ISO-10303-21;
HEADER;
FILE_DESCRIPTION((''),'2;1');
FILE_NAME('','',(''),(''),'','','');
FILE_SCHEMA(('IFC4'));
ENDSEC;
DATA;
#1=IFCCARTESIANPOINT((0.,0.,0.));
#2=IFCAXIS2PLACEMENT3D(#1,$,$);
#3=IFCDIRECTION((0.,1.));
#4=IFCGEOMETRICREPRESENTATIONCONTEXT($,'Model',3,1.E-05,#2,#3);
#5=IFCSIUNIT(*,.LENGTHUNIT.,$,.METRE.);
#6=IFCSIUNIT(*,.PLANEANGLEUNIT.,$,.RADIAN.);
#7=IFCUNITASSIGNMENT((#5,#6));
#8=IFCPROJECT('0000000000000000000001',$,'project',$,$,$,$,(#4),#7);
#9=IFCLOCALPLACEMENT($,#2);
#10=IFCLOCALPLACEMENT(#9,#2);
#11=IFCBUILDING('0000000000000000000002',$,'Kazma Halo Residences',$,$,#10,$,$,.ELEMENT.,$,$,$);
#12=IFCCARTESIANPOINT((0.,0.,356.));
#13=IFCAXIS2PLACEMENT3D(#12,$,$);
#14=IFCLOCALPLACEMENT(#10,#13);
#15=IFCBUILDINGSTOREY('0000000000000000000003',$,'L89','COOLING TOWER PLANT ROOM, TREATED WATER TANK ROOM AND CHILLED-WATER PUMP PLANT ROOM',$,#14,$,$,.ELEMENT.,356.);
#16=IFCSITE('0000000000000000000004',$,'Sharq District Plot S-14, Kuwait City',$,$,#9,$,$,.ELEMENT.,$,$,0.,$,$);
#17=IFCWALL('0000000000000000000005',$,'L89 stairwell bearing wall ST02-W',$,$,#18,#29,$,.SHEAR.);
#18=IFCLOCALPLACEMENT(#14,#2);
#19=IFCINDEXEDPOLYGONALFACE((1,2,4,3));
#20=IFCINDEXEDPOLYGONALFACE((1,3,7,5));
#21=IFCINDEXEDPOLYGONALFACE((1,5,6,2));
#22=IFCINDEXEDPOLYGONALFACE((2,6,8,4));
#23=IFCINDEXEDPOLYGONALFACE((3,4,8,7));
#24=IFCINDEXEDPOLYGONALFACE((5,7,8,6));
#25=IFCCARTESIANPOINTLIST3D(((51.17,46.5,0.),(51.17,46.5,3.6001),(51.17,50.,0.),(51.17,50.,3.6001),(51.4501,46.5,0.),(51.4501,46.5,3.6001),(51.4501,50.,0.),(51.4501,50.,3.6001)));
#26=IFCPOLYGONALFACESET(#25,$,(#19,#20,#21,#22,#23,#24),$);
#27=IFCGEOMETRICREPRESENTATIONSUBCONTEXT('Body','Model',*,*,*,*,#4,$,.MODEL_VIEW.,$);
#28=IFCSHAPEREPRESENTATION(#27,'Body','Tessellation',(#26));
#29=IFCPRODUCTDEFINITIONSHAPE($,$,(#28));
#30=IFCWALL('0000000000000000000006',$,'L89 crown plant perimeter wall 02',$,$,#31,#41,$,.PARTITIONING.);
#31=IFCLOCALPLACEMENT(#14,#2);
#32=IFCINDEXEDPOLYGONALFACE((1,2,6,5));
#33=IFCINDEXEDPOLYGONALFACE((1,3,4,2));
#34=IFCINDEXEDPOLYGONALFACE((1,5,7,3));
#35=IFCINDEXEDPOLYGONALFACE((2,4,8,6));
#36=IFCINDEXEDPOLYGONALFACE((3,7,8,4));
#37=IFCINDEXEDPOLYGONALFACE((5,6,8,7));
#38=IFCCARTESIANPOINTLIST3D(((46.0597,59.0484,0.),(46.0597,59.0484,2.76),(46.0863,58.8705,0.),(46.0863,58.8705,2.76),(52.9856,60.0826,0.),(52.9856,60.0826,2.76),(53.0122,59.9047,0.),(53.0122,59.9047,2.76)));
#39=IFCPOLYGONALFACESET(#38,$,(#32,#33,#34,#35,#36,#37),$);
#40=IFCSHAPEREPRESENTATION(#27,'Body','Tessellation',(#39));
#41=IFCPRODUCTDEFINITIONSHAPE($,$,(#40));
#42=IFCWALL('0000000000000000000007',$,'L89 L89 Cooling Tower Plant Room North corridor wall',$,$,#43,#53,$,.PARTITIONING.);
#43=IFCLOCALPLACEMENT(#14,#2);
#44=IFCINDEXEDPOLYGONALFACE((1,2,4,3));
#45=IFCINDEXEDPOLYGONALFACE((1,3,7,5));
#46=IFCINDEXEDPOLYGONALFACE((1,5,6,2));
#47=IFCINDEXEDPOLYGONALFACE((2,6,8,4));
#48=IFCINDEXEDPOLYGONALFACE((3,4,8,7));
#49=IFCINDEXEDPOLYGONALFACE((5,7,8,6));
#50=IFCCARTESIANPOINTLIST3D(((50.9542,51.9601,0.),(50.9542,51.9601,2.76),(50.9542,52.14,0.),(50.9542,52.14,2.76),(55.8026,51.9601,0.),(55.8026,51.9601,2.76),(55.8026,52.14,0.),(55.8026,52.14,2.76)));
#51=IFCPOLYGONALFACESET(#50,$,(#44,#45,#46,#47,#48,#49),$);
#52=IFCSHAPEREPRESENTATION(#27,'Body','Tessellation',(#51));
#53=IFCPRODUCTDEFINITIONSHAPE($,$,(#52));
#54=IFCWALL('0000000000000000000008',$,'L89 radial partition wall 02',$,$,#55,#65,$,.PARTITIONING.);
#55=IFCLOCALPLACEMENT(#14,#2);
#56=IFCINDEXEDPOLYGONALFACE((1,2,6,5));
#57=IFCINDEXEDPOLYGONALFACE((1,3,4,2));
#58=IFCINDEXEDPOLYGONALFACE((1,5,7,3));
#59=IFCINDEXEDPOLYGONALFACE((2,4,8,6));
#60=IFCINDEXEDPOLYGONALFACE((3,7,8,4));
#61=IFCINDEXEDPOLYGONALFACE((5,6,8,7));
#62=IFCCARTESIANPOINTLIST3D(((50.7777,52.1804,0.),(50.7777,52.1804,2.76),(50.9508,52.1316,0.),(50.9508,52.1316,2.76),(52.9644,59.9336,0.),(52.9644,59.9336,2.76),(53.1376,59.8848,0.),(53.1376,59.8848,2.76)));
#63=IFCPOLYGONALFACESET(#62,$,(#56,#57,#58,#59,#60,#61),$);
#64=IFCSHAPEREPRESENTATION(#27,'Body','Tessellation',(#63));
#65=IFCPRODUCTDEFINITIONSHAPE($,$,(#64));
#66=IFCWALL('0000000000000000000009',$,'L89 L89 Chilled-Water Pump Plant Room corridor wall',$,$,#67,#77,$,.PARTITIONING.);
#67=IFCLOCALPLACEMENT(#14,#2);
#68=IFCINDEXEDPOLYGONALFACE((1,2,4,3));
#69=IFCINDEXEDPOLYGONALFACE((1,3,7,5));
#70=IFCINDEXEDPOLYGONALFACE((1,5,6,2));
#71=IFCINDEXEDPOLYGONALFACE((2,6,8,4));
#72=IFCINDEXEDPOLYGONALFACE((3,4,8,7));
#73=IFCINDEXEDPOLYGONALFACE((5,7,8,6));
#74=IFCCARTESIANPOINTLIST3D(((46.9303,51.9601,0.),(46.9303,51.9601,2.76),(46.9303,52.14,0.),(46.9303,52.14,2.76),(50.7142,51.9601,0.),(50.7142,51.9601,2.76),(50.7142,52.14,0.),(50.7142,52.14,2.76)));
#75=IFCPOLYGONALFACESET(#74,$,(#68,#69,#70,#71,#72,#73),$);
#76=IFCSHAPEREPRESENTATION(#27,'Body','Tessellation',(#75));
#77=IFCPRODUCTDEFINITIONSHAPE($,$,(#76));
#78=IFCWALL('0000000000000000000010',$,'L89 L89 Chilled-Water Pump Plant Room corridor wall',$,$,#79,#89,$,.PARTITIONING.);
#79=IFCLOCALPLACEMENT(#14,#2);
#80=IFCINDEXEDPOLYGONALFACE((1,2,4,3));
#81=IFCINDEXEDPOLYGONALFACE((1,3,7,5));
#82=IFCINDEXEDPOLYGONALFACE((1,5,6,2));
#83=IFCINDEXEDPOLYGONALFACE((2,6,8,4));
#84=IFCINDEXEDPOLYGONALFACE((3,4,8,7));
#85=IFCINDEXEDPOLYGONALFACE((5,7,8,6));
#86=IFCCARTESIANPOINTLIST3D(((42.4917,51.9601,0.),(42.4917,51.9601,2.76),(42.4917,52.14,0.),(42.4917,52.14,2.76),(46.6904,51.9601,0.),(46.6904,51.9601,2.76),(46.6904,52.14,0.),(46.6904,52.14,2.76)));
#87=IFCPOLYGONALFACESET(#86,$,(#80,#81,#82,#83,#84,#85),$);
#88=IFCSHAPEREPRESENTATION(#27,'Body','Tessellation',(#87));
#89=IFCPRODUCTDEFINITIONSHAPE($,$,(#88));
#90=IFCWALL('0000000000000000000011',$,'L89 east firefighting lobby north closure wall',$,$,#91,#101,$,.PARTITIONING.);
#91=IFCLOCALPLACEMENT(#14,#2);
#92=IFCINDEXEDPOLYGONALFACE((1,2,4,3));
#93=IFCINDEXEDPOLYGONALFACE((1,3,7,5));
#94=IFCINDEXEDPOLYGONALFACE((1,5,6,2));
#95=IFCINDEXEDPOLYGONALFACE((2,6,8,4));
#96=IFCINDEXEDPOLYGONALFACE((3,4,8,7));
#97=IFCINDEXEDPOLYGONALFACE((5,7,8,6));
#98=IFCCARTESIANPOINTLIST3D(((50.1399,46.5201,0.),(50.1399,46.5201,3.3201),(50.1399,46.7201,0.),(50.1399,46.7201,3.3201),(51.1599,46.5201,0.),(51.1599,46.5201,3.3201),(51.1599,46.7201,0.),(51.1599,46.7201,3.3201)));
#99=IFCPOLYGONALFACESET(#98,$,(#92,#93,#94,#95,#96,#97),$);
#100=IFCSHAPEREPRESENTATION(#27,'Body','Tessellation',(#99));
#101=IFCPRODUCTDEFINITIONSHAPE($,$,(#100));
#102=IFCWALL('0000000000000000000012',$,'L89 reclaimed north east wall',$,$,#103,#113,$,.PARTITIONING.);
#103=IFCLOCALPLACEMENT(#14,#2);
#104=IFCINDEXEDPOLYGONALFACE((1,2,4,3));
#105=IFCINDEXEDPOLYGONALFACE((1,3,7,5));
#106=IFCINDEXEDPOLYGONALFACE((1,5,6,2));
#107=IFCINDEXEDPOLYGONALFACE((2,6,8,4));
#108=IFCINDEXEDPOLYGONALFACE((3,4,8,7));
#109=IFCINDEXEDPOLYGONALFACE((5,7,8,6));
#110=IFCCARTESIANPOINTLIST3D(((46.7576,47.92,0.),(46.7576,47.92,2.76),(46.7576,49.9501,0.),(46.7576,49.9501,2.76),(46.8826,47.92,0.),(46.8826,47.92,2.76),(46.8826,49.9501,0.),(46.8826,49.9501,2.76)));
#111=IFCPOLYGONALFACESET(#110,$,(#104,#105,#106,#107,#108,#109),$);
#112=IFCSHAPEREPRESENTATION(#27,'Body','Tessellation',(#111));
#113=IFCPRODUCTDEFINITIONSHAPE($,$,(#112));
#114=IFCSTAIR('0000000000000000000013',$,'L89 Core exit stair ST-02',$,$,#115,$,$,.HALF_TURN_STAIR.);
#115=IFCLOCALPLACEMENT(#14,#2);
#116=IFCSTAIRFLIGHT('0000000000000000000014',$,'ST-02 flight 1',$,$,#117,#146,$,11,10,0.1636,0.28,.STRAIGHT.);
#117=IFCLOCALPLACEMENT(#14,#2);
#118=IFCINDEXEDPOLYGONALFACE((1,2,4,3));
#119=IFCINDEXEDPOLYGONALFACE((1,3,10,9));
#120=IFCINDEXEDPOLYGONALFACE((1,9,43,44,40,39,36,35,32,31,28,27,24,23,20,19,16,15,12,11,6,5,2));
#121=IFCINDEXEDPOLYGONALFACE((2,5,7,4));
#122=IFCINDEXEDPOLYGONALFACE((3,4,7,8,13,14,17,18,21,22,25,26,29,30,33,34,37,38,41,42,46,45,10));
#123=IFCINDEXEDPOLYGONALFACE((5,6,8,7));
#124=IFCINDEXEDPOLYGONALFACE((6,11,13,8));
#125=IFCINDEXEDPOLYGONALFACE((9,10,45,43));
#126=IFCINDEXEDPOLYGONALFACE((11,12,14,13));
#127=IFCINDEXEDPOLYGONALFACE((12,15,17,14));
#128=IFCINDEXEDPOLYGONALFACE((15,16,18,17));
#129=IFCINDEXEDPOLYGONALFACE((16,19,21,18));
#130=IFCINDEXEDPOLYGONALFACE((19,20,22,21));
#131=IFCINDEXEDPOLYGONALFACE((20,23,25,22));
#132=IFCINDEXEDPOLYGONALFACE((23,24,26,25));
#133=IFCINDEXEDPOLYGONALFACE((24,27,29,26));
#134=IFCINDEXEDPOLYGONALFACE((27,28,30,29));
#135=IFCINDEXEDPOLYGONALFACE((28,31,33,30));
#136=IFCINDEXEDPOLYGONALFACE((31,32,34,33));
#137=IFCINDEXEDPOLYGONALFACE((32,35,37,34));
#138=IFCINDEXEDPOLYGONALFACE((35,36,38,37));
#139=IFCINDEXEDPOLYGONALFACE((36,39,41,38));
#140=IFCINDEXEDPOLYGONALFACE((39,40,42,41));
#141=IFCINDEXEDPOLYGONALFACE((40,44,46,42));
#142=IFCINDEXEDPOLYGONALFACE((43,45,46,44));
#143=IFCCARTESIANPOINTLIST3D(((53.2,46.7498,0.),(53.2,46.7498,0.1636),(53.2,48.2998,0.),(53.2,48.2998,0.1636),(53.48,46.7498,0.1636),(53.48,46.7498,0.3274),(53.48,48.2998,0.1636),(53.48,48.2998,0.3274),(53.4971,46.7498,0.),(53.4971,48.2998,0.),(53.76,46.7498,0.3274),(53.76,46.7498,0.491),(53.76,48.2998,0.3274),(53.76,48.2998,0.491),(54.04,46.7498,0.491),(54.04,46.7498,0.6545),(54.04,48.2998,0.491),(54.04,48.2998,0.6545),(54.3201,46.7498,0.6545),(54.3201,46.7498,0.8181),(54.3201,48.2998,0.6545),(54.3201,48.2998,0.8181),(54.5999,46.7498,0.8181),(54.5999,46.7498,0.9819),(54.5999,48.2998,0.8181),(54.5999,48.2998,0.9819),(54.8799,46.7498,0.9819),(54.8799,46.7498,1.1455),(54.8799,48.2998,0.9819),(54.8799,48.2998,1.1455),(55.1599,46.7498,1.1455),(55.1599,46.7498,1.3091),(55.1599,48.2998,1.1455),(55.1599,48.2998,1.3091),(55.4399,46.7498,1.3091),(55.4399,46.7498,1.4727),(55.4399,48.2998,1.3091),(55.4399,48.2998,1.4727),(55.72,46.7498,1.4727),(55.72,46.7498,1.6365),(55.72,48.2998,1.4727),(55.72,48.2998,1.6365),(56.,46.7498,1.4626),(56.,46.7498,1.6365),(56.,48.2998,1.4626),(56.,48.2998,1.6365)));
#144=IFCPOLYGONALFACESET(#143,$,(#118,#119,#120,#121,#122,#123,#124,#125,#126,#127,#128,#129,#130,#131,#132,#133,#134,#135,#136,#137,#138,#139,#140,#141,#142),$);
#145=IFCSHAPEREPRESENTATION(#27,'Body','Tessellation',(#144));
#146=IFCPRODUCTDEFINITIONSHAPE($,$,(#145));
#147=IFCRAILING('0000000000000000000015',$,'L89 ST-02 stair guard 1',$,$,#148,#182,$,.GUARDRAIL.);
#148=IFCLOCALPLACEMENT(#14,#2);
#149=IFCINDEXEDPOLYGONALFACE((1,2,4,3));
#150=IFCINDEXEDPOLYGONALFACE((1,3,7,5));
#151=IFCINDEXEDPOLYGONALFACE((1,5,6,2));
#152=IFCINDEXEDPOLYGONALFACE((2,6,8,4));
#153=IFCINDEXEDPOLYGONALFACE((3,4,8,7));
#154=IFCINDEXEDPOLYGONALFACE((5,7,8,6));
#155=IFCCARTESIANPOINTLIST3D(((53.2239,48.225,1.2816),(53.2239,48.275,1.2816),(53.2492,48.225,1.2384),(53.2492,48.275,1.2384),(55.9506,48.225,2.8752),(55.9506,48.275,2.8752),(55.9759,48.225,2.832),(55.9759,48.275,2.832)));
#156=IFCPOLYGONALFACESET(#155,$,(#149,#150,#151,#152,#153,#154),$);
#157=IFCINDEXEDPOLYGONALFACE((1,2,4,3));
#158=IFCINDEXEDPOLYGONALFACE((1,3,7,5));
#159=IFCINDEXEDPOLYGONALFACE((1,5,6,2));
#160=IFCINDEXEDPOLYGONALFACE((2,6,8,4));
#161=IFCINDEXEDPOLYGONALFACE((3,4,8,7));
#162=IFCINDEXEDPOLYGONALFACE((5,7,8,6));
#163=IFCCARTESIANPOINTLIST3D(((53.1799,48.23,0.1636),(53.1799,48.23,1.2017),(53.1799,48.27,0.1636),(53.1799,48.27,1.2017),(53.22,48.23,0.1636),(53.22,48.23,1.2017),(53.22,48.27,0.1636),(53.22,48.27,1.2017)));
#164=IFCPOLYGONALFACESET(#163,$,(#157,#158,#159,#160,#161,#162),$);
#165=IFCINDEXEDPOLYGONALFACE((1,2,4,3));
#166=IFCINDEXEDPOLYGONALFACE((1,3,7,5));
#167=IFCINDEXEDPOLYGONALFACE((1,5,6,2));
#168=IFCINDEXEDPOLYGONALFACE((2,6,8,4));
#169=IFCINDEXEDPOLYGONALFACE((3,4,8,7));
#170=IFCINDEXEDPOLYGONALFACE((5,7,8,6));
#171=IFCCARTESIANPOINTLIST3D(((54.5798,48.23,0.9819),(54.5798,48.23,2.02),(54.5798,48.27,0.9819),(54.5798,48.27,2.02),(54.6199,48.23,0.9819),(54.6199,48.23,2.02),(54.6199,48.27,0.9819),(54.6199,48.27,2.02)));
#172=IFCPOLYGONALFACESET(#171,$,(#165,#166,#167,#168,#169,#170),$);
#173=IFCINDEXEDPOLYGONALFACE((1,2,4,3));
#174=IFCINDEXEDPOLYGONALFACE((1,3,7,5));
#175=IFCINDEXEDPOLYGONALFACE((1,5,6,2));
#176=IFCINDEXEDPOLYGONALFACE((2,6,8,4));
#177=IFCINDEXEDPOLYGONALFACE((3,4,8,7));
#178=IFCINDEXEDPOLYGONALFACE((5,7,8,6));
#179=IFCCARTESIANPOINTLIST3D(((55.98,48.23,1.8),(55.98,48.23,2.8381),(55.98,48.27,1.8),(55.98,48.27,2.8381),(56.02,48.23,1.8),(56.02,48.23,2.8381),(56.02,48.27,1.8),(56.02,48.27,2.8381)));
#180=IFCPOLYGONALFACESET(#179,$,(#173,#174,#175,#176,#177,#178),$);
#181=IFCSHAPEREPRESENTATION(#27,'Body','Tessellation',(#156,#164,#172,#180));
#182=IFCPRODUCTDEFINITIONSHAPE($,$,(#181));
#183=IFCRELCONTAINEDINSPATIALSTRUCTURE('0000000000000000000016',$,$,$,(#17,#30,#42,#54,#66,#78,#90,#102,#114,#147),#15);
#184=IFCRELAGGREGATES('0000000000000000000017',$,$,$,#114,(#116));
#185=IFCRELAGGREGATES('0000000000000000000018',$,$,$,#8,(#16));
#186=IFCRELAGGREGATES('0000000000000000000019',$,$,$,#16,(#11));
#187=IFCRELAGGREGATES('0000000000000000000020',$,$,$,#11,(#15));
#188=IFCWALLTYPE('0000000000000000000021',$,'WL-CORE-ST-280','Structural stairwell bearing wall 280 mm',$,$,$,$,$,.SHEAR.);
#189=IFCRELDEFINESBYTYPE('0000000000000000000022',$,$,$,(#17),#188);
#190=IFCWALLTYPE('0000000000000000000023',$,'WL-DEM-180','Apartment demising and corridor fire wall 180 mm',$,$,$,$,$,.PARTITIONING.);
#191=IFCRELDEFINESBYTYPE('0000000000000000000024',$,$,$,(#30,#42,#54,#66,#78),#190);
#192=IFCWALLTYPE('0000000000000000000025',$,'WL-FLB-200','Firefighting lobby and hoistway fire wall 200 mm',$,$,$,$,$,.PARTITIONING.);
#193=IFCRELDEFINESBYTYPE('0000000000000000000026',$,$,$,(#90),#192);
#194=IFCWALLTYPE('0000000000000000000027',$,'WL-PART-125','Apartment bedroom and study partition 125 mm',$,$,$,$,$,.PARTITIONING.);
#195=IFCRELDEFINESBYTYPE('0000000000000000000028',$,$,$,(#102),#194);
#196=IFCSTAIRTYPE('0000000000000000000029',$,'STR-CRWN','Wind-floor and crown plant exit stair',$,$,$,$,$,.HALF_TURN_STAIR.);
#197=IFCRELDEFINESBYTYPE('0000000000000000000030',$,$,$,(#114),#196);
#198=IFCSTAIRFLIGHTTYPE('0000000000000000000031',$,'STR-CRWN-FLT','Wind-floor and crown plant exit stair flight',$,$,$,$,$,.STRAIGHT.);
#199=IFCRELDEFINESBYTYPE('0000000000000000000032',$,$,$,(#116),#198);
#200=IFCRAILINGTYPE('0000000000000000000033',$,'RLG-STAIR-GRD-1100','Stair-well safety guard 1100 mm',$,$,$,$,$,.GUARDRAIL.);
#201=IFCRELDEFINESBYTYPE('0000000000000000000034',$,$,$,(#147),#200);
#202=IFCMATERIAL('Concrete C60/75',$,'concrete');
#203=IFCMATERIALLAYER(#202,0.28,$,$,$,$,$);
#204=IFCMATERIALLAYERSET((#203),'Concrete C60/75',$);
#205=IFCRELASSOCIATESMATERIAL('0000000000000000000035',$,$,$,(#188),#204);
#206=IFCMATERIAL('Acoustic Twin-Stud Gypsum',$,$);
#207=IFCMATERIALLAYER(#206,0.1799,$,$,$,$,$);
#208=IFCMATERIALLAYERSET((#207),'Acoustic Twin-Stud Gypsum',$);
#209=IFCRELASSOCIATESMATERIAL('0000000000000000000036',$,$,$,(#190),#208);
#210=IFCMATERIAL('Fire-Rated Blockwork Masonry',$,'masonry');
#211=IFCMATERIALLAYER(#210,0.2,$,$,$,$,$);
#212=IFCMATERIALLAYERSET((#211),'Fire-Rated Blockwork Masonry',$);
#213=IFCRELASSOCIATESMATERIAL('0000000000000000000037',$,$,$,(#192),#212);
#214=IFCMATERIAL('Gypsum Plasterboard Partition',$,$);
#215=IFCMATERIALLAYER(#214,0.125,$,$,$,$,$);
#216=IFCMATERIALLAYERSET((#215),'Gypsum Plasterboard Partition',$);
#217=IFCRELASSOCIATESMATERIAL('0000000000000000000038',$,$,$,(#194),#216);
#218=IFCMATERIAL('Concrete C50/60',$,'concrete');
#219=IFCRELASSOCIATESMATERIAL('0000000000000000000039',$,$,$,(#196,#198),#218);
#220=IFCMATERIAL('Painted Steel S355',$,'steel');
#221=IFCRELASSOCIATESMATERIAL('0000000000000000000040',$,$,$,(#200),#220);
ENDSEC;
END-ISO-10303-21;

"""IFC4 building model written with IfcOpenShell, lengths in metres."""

from ifc_helpers import new_model, si_unit, direction, frame, frame_2d, origin, origin_2d, place, context, subcontext, project, spatial, polyline, rectangle, outline, extrude, material, layer, layer_set, type_object, element, aggregate, save


model = new_model("IFC4")

# Units and contexts
model_context = context("Model", 3, precision=1e-05, world=origin(), true_north=direction((0.0, 1.0)))
body_context = subcontext(model_context, "Body", "Model", "MODEL_VIEW")
ifc_project = project(units=[si_unit("LENGTHUNIT", "METRE"), si_unit("PLANEANGLEUNIT", "RADIAN")], contexts=[model_context])

# Site, building, storey
site_placement = place(None, origin())
site = spatial("IfcSite", under=ifc_project, at=site_placement, Name="Sharq District Plot S-14, Kuwait City", CompositionType="ELEMENT", RefElevation=0.0)
building_placement = place(site_placement, origin())
building = spatial("IfcBuilding", under=site, at=building_placement, Name="Kazma Halo Residences", CompositionType="ELEMENT")
storey_placement = place(building_placement, frame((0.0, 0.0, 356.0)))
storey = spatial("IfcBuildingStorey", under=building, at=storey_placement, Name="L89", Description="COOLING TOWER PLANT ROOM, TREATED WATER TANK ROOM AND CHILLED-WATER PUMP PLANT ROOM", CompositionType="ELEMENT", Elevation=356.0)

# Walls
ifc_material_1 = material(Name="Concrete C60/75", Category="concrete")
ifc_layer_1 = layer(ifc_material_1, 0.28)
ifc_layer_set_1 = layer_set([ifc_layer_1], Name="Concrete C60/75")
wall_type_1 = type_object("IfcWallType", Name="WL-CORE-ST-280", Description="Structural stairwell bearing wall 280 mm", PredefinedType="SHEAR", material=ifc_layer_set_1)
wall_1_placement = place(storey_placement, frame((51.3101, 46.5, 0.0), z_axis=(0.0, 0.0, 1.0), x_axis=(0.0, 1.0, 0.0)))
element("IfcWall", 1, at=wall_1_placement, inside=storey, type_object=wall_type_1, Name="L89 stairwell bearing wall ST02-W", PredefinedType="SHEAR", context=body_context, shape_type="SweptSolid", body=[
    extrude(rectangle(XDim=3.5, YDim=0.28, at=frame_2d((1.75, 0.0))), origin(), (0.0, 0.0, 1.0), 3.6001),
])
ifc_material_2 = material(Name="Acoustic Twin-Stud Gypsum")
ifc_layer_2 = layer(ifc_material_2, 0.1799)
ifc_layer_set_2 = layer_set([ifc_layer_2], Name="Acoustic Twin-Stud Gypsum")
wall_type_2 = type_object("IfcWallType", Name="WL-DEM-180", Description="Apartment demising and corridor fire wall 180 mm", PredefinedType="PARTITIONING", material=ifc_layer_set_2)
wall_2_placement = place(storey_placement, frame((52.999, 59.9937, 0.0), z_axis=(0.0, 0.0, 1.0), x_axis=(-0.989034, -0.147686, 0.0)))
element("IfcWall", 2, at=wall_2_placement, inside=storey, type_object=wall_type_2, Name="L89 crown plant perimeter wall 02", PredefinedType="PARTITIONING", context=body_context, shape_type="SweptSolid", body=[
    extrude(rectangle(XDim=7.0027, YDim=0.1799, at=frame_2d((3.5015, 0.0))), origin(), (0.0, 0.0, 1.0), 2.76),
])
wall_3_placement = place(storey_placement, frame((55.8027, 52.05, 0.0), z_axis=(0.0, 0.0, 1.0), x_axis=(-1.0, 0.0, 0.0)))
element("IfcWall", 3, at=wall_3_placement, inside=storey, type_object=wall_type_2, Name="L89 L89 Cooling Tower Plant Room North corridor wall", PredefinedType="PARTITIONING", context=body_context, shape_type="SweptSolid", body=[
    extrude(rectangle(XDim=4.8484, YDim=0.1799, at=frame_2d((2.4243, 0.0))), origin(), (0.0, 0.0, 1.0), 2.76),
])
wall_4_placement = place(storey_placement, frame((50.8643, 52.156, 0.0), z_axis=(0.0, 0.0, 1.0), x_axis=(0.271457, 0.96245, 0.0)))
element("IfcWall", 4, at=wall_4_placement, inside=storey, type_object=wall_type_2, Name="L89 radial partition wall 02", PredefinedType="PARTITIONING", context=body_context, shape_type="SweptSolid", body=[
    extrude(rectangle(XDim=8.0557, YDim=0.1799, at=frame_2d((4.0278, 0.0))), origin(), (0.0, 0.0, 1.0), 2.76),
])
wall_5_placement = place(storey_placement, frame((50.7144, 52.05, 0.0), z_axis=(0.0, 0.0, 1.0), x_axis=(-1.0, 0.0, 0.0)))
element("IfcWall", 5, at=wall_5_placement, inside=storey, type_object=wall_type_2, Name="L89 L89 Chilled-Water Pump Plant Room corridor wall", PredefinedType="PARTITIONING", context=body_context, shape_type="SweptSolid", body=[
    extrude(rectangle(XDim=3.7839, YDim=0.1799, at=frame_2d((1.8921, 0.0))), origin(), (0.0, 0.0, 1.0), 2.76),
])
wall_6_placement = place(storey_placement, frame((46.6904, 52.05, 0.0), z_axis=(0.0, 0.0, 1.0), x_axis=(-1.0, 0.0, 0.0)))
element("IfcWall", 6, at=wall_6_placement, inside=storey, type_object=wall_type_2, Name="L89 L89 Chilled-Water Pump Plant Room corridor wall", PredefinedType="PARTITIONING", context=body_context, shape_type="SweptSolid", body=[
    extrude(rectangle(XDim=4.1987, YDim=0.1799, at=frame_2d((2.0994, 0.0))), origin(), (0.0, 0.0, 1.0), 2.76),
])
ifc_material_3 = material(Name="Fire-Rated Blockwork Masonry", Category="masonry")
ifc_layer_3 = layer(ifc_material_3, 0.2)
ifc_layer_set_3 = layer_set([ifc_layer_3], Name="Fire-Rated Blockwork Masonry")
wall_type_3 = type_object("IfcWallType", Name="WL-FLB-200", Description="Firefighting lobby and hoistway fire wall 200 mm", PredefinedType="PARTITIONING", material=ifc_layer_set_3)
wall_7_placement = place(storey_placement, frame((50.1399, 46.6201, 0.0), z_axis=(0.0, 0.0, 1.0), x_axis=(1.0, 0.0, 0.0)))
element("IfcWall", 7, at=wall_7_placement, inside=storey, type_object=wall_type_3, Name="L89 east firefighting lobby north closure wall", PredefinedType="PARTITIONING", context=body_context, shape_type="SweptSolid", body=[
    extrude(rectangle(XDim=1.02, YDim=0.2, at=frame_2d((0.51, 0.0))), origin(), (0.0, 0.0, 1.0), 3.3201),
])
ifc_material_4 = material(Name="Gypsum Plasterboard Partition")
ifc_layer_4 = layer(ifc_material_4, 0.125)
ifc_layer_set_4 = layer_set([ifc_layer_4], Name="Gypsum Plasterboard Partition")
wall_type_4 = type_object("IfcWallType", Name="WL-PART-125", Description="Apartment bedroom and study partition 125 mm", PredefinedType="PARTITIONING", material=ifc_layer_set_4)
wall_8_placement = place(storey_placement, frame((46.8201, 47.9199, 0.0), z_axis=(0.0, 0.0, 1.0), x_axis=(0.0, 1.0, 0.0)))
element("IfcWall", 8, at=wall_8_placement, inside=storey, type_object=wall_type_4, Name="L89 reclaimed north east wall", PredefinedType="PARTITIONING", context=body_context, shape_type="SweptSolid", body=[
    extrude(rectangle(XDim=2.03, YDim=0.125, at=frame_2d((1.0151, 0.0))), origin(), (0.0, 0.0, 1.0), 2.76),
])

# Shared definitions
ifc_material_5 = material(Name="Concrete C50/60", Category="concrete")

# Stair, stair flight
stair_type = type_object("IfcStairType", Name="STR-CRWN", Description="Wind-floor and crown plant exit stair", PredefinedType="HALF_TURN_STAIR", material=ifc_material_5)
stair_placement = place(storey_placement, origin())
stair = element("IfcStair", 9, at=stair_placement, inside=storey, type_object=stair_type, Name="L89 Core exit stair ST-02", PredefinedType="HALF_TURN_STAIR")
stair_flight_type = type_object("IfcStairFlightType", Name="STR-CRWN-FLT", Description="Wind-floor and crown plant exit stair flight", PredefinedType="STRAIGHT", material=ifc_material_5)
stair_flight_placement = place(storey_placement, frame((53.2, 47.5249, 0.0), z_axis=(0.0, 0.0, 1.0), x_axis=(1.0, 0.0, 0.0)))
stair_flight = element("IfcStairFlight", 10, at=stair_flight_placement, type_object=stair_flight_type, Name="ST-02 flight 1", NumberOfRisers=11, NumberOfTreads=10, PredefinedType="STRAIGHT", RiserHeight=0.1636, TreadLength=0.28, context=body_context, shape_type="SweptSolid", body=[
    extrude(outline(polyline([(0.0, 0.0), (0.0, 0.1636), (0.28, 0.1636), (0.28, 0.3274), (0.5601, 0.3274), (0.5601, 0.491), (0.8401, 0.491), (0.8401, 0.6545), (1.1201, 0.6545), (1.1201, 0.8181), (1.3999, 0.8181), (1.3999, 0.9819), (1.6799, 0.9819), (1.6799, 1.1455), (1.96, 1.1455), (1.96, 1.3091), (2.24, 1.3091), (2.24, 1.4727), (2.52, 1.4727), (2.52, 1.6365), (2.8, 1.6365), (2.8, 1.8), (2.8, 1.4626), (0.2971, 0.0), (0.0, 0.0)])), frame((0.0, 0.7749, 0.0), z_axis=(0.0, -1.0, 0.0), x_axis=(1.0, 0.0, 0.0)), (0.0, 0.0, 1.0), 1.55),
])
aggregate(stair, [stair_flight])

# Railing
ifc_material_6 = material(Name="Painted Steel S355", Category="steel")
railing_type_1 = type_object("IfcRailingType", Name="RLG-STAIR-GRD-1100", Description="Stair-well safety guard 1100 mm", PredefinedType="GUARDRAIL", material=ifc_material_6)
railing_1_placement = place(storey_placement, frame((53.2, 48.25, 0.1636)))
element("IfcRailing", 11, at=railing_1_placement, inside=storey, type_object=railing_type_1, Name="L89 ST-02 stair guard 1", PredefinedType="GUARDRAIL", context=body_context, shape_type="SweptSolid", body=[
    extrude(rectangle(XDim=0.05, YDim=0.05, at=origin_2d()), frame((0.0366, 0.0, 1.0964), z_axis=(0.863361, 0.0, 0.504587), x_axis=(0.0, 1.0, 0.0)), (0.0, 0.0, 1.0), 3.1582),
    extrude(rectangle(XDim=0.04, YDim=0.04, at=origin_2d()), origin(), (0.0, 0.0, 1.0), 1.0381),
    extrude(rectangle(XDim=0.04, YDim=0.04, at=origin_2d()), frame((1.3999, 0.0, 0.8184)), (0.0, 0.0, 1.0), 1.0381),
    extrude(rectangle(XDim=0.04, YDim=0.04, at=origin_2d()), frame((2.8, 0.0, 1.6365)), (0.0, 0.0, 1.0), 1.0381),
])

save(model, "model.ifc")
